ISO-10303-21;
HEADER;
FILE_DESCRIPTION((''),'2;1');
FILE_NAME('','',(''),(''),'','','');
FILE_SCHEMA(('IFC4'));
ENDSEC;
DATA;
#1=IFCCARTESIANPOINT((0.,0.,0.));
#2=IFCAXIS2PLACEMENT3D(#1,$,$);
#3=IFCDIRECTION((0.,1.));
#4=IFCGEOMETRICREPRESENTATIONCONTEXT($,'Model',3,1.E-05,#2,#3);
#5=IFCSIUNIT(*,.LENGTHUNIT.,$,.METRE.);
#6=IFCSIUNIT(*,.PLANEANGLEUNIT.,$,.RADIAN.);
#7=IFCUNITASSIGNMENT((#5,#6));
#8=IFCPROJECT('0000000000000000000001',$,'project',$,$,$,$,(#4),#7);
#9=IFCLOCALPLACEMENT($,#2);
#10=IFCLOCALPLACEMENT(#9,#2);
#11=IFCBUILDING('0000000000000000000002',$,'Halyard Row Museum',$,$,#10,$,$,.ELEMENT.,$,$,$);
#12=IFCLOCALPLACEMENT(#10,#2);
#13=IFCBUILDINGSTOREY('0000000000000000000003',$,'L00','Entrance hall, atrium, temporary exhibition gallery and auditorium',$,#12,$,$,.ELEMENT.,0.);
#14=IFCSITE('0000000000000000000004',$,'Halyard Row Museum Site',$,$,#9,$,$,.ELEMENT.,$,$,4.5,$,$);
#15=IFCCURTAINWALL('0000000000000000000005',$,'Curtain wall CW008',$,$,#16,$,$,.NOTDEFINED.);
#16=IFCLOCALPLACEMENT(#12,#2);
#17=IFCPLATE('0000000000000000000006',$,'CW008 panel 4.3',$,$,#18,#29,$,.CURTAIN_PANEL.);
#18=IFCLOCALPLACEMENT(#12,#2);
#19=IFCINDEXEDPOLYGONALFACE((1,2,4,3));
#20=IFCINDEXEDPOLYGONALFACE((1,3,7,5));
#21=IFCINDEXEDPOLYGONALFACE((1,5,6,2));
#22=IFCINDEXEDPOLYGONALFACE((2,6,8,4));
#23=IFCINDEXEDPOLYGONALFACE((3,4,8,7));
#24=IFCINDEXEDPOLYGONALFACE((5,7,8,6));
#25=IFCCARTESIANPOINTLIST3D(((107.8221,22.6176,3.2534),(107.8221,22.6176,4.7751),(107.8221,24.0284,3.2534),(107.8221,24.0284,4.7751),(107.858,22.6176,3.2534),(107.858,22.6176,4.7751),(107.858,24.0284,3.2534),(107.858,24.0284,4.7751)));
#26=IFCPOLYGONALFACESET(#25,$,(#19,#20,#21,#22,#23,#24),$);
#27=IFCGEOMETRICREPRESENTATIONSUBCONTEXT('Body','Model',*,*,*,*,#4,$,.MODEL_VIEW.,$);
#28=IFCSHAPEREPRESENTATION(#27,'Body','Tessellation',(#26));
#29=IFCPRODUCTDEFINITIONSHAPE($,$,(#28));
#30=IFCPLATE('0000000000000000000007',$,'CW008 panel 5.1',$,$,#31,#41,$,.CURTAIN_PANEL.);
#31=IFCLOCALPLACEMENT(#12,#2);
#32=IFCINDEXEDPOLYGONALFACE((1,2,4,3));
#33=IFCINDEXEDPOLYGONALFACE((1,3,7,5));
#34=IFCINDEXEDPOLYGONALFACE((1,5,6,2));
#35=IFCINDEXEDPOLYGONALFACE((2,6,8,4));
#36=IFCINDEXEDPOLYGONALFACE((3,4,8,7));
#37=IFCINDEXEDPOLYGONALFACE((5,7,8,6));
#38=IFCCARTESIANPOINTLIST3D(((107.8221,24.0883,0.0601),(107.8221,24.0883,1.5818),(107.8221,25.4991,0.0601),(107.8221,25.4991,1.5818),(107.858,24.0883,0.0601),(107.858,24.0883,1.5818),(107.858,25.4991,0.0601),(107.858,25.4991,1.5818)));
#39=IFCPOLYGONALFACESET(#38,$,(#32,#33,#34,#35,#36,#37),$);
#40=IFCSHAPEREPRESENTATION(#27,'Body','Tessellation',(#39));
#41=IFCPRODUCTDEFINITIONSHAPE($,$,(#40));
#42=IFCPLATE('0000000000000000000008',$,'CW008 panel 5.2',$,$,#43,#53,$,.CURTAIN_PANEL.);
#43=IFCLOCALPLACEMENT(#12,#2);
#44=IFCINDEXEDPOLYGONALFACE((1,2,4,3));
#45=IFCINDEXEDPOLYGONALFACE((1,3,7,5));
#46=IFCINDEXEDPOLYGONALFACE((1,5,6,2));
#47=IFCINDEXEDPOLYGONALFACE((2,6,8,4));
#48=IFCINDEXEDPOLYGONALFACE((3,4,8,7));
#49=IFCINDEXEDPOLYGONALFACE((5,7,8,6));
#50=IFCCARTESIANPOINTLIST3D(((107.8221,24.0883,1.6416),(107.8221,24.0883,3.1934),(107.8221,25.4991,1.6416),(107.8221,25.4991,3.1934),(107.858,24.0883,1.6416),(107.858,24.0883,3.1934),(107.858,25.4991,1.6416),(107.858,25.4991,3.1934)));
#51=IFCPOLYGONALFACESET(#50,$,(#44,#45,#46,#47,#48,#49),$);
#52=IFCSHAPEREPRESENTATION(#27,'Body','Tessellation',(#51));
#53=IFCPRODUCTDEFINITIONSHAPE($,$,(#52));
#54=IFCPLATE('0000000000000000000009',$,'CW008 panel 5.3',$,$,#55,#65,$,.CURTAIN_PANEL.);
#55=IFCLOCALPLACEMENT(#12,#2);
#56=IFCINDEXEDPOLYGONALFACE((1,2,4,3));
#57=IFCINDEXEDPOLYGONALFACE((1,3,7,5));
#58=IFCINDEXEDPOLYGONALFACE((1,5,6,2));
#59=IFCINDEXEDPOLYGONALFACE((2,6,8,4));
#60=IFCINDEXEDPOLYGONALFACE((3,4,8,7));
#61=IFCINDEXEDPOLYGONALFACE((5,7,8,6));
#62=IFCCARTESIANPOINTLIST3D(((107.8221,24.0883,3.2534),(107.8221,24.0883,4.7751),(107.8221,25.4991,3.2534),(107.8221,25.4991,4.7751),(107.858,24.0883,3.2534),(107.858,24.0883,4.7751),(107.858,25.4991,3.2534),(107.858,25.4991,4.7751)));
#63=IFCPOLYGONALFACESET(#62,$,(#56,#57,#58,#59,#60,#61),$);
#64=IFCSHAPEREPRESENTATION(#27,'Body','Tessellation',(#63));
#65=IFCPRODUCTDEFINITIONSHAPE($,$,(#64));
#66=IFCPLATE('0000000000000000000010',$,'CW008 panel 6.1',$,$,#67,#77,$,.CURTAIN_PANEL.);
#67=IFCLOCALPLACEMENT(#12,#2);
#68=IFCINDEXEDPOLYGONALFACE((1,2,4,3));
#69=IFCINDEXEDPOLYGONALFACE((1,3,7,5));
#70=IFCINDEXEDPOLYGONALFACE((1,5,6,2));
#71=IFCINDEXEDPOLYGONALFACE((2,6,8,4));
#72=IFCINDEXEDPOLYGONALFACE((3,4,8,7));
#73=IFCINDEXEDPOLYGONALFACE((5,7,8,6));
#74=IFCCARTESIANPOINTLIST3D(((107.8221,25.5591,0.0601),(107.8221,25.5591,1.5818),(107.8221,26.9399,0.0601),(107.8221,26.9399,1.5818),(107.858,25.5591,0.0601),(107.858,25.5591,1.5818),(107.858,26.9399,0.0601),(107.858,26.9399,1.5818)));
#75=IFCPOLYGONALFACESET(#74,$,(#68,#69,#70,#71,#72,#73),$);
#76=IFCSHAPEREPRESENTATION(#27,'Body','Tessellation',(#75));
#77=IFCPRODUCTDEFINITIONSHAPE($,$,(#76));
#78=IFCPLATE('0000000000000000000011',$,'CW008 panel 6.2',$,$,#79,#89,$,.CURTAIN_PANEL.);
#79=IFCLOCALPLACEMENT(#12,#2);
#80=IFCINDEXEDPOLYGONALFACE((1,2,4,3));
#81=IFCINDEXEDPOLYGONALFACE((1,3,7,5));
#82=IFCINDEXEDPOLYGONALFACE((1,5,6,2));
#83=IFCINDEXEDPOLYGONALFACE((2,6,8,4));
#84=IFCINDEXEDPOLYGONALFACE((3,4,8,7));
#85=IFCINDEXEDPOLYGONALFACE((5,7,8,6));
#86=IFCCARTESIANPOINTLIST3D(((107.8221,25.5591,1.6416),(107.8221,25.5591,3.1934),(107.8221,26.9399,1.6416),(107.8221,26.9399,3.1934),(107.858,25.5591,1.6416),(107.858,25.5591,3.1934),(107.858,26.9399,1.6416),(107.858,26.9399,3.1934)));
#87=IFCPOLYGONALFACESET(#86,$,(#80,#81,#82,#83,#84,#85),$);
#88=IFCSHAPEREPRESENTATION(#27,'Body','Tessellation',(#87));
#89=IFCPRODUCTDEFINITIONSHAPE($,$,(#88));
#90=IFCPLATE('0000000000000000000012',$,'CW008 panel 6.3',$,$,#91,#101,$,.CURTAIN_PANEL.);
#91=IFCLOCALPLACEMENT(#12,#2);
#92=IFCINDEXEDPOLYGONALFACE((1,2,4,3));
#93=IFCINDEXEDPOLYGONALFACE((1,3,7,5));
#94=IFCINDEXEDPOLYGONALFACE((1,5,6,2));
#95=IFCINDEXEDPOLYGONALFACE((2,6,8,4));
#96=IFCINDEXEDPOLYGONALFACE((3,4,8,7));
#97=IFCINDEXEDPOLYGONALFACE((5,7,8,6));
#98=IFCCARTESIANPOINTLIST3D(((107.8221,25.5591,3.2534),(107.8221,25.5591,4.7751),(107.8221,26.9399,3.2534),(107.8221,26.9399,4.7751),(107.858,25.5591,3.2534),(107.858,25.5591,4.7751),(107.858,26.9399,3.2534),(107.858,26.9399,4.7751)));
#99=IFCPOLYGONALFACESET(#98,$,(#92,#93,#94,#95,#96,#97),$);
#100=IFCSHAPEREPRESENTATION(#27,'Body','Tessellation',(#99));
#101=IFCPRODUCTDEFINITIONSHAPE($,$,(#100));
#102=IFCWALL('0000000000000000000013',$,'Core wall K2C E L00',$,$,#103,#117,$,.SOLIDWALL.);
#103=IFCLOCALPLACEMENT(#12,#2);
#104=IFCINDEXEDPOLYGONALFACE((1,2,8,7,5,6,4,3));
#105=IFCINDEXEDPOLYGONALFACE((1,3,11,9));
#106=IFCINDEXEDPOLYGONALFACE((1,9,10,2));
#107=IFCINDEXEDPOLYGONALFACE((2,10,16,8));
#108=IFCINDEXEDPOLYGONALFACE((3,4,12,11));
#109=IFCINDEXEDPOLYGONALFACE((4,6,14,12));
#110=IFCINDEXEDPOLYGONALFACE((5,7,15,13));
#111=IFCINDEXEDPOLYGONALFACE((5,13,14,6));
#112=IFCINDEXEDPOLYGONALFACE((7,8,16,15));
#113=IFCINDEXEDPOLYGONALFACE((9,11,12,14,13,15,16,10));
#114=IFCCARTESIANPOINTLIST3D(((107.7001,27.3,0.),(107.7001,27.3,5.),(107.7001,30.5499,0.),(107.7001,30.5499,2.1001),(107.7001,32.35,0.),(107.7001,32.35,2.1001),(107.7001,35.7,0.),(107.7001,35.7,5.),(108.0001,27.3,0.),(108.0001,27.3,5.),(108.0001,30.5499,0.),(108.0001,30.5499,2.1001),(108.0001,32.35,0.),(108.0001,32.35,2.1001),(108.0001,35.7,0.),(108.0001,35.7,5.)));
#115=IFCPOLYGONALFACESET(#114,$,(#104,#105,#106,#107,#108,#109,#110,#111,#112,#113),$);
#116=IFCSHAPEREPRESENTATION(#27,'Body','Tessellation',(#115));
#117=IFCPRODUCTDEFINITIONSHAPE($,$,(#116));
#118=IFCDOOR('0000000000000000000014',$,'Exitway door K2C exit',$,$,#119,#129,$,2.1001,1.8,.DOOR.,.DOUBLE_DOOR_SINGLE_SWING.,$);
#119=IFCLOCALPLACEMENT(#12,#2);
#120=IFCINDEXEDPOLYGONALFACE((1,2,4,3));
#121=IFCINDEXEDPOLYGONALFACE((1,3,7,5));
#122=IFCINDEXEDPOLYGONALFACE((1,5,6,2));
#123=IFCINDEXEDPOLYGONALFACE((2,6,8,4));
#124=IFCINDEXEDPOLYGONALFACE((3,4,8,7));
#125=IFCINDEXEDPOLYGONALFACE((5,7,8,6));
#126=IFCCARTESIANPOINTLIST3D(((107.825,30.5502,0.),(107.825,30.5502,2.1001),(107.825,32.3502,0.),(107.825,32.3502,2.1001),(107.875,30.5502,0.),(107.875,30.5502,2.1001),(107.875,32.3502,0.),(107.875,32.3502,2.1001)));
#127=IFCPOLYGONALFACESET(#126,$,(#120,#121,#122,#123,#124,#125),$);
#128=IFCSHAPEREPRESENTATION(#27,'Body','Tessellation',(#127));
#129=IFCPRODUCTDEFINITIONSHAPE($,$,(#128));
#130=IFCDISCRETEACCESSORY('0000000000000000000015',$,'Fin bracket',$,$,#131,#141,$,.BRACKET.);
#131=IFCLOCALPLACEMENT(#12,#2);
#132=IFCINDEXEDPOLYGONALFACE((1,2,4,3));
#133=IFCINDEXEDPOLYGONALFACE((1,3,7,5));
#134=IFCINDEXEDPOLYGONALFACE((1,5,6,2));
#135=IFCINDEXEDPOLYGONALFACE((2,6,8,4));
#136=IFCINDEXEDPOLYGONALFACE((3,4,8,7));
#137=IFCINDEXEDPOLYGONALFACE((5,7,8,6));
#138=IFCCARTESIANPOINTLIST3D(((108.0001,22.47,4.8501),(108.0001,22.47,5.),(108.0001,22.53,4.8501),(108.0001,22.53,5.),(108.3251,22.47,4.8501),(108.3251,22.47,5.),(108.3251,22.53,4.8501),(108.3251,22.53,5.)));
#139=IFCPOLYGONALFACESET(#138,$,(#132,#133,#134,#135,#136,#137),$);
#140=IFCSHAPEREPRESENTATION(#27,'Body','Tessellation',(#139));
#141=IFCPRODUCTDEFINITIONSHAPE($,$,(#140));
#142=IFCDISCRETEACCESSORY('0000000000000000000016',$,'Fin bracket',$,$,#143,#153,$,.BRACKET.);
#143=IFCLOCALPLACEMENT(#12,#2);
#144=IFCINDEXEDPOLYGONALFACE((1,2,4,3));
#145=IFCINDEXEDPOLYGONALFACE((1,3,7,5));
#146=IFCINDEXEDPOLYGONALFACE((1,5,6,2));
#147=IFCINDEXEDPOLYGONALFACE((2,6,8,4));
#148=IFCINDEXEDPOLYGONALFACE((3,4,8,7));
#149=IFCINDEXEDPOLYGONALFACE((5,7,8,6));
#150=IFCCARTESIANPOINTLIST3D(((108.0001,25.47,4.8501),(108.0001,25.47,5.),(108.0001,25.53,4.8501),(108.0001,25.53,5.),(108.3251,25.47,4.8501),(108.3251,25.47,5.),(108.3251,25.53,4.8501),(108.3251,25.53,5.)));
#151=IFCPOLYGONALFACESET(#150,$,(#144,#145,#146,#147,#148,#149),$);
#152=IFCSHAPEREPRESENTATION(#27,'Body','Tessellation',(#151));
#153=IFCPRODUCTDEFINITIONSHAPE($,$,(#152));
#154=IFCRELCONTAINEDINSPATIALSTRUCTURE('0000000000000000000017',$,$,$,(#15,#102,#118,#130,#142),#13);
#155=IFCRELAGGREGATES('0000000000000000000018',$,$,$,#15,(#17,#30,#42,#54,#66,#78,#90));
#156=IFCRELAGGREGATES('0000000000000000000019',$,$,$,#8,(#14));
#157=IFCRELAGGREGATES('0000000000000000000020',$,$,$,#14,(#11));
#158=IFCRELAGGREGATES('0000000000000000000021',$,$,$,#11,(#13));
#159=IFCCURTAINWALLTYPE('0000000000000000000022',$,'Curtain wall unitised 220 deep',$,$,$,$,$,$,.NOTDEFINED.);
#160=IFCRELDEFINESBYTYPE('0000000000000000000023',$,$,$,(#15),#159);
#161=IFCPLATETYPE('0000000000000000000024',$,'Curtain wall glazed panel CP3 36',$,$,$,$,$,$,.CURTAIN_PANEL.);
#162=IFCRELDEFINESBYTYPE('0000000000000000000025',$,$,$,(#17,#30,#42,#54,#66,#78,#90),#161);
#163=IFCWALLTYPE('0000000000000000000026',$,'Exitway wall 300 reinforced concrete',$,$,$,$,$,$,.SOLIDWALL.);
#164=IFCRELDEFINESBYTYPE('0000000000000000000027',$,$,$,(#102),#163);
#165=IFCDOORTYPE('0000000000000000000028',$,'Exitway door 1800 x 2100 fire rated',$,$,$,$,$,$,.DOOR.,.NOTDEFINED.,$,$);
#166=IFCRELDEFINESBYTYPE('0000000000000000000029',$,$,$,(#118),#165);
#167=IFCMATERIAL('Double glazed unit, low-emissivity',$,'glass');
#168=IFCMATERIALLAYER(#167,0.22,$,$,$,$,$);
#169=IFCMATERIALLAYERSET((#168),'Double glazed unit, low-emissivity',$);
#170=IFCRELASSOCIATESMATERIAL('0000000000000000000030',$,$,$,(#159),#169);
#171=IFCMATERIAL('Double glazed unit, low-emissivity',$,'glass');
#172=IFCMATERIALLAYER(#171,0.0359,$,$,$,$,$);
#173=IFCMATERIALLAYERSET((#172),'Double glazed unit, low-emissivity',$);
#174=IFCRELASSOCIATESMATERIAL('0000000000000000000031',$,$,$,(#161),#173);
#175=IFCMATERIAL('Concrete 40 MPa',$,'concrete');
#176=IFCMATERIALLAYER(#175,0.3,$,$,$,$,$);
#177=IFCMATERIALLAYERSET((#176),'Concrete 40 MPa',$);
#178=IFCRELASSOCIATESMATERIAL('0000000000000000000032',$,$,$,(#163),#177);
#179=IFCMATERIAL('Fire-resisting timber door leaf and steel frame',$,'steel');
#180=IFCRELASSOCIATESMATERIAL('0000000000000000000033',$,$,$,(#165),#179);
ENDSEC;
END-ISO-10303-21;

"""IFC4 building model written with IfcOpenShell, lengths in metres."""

from ifc_helpers import new_model, si_unit, direction, frame, frame_2d, origin, origin_2d, place, context, subcontext, project, spatial, rectangle, extrude, material, layer, layer_set, type_object, element, fill, aggregate, save


model = new_model("IFC4")

# Units and contexts
model_context = context("Model", 3, precision=1e-05, world=origin(), true_north=direction((0.0, 1.0)))
body_context = subcontext(model_context, "Body", "Model", "MODEL_VIEW")
ifc_project = project(units=[si_unit("LENGTHUNIT", "METRE"), si_unit("PLANEANGLEUNIT", "RADIAN")], contexts=[model_context])

# Site, building, storey
site_placement = place(None, origin())
site = spatial("IfcSite", under=ifc_project, at=site_placement, Name="Halyard Row Museum Site", CompositionType="ELEMENT", RefElevation=4.5)
building_placement = place(site_placement, origin())
building = spatial("IfcBuilding", under=site, at=building_placement, Name="Halyard Row Museum", CompositionType="ELEMENT")
storey_placement = place(building_placement, origin())
storey = spatial("IfcBuildingStorey", under=building, at=storey_placement, Name="L00", Description="Entrance hall, atrium, temporary exhibition gallery and auditorium", CompositionType="ELEMENT", Elevation=0.0)

# Curtain wall, plates
ifc_material_1 = material(Name="Double glazed unit, low-emissivity", Category="glass")
ifc_layer_1 = layer(ifc_material_1, 0.22)
ifc_layer_set_1 = layer_set([ifc_layer_1], Name="Double glazed unit, low-emissivity")
curtain_wall_type = type_object("IfcCurtainWallType", Name="Curtain wall unitised 220 deep", PredefinedType="NOTDEFINED", material=ifc_layer_set_1)
curtain_wall_placement = place(storey_placement, origin())
curtain_wall = element("IfcCurtainWall", 1, at=curtain_wall_placement, inside=storey, type_object=curtain_wall_type, Name="Curtain wall CW008", PredefinedType="NOTDEFINED")
ifc_material_2 = material(Name="Double glazed unit, low-emissivity", Category="glass")
ifc_layer_2 = layer(ifc_material_2, 0.0359)
ifc_layer_set_2 = layer_set([ifc_layer_2], Name="Double glazed unit, low-emissivity")
plate_type = type_object("IfcPlateType", Name="Curtain wall glazed panel CP3 36", PredefinedType="CURTAIN_PANEL", material=ifc_layer_set_2)
plate_1_placement = place(storey_placement, frame((107.8401, 23.323, 3.2534), z_axis=(0.0, 0.0, 1.0), x_axis=(0.0, 1.0, 0.0)))
plate_1 = element("IfcPlate", 2, at=plate_1_placement, type_object=plate_type, Name="CW008 panel 4.3", PredefinedType="CURTAIN_PANEL", context=body_context, shape_type="SweptSolid", body=[
    extrude(rectangle(XDim=1.4109, YDim=0.0359, at=origin_2d()), origin(), (0.0, 0.0, 1.0), 1.5217),
])
plate_2_placement = place(storey_placement, frame((107.8401, 24.7937, 0.0601), z_axis=(0.0, 0.0, 1.0), x_axis=(0.0, 1.0, 0.0)))
plate_2 = element("IfcPlate", 3, at=plate_2_placement, type_object=plate_type, Name="CW008 panel 5.1", PredefinedType="CURTAIN_PANEL", context=body_context, shape_type="SweptSolid", body=[
    extrude(rectangle(XDim=1.4109, YDim=0.0359, at=origin_2d()), origin(), (0.0, 0.0, 1.0), 1.5217),
])
plate_3_placement = place(storey_placement, frame((107.8401, 24.7937, 1.6416), z_axis=(0.0, 0.0, 1.0), x_axis=(0.0, 1.0, 0.0)))
plate_3 = element("IfcPlate", 4, at=plate_3_placement, type_object=plate_type, Name="CW008 panel 5.2", PredefinedType="CURTAIN_PANEL", context=body_context, shape_type="SweptSolid", body=[
    extrude(rectangle(XDim=1.4109, YDim=0.0359, at=origin_2d()), origin(), (0.0, 0.0, 1.0), 1.5518),
])
plate_4_placement = place(storey_placement, frame((107.8401, 24.7937, 3.2534), z_axis=(0.0, 0.0, 1.0), x_axis=(0.0, 1.0, 0.0)))
plate_4 = element("IfcPlate", 5, at=plate_4_placement, type_object=plate_type, Name="CW008 panel 5.3", PredefinedType="CURTAIN_PANEL", context=body_context, shape_type="SweptSolid", body=[
    extrude(rectangle(XDim=1.4109, YDim=0.0359, at=origin_2d()), origin(), (0.0, 0.0, 1.0), 1.5217),
])
plate_5_placement = place(storey_placement, frame((107.8401, 26.2495, 0.0601), z_axis=(0.0, 0.0, 1.0), x_axis=(0.0, 1.0, 0.0)))
plate_5 = element("IfcPlate", 6, at=plate_5_placement, type_object=plate_type, Name="CW008 panel 6.1", PredefinedType="CURTAIN_PANEL", context=body_context, shape_type="SweptSolid", body=[
    extrude(rectangle(XDim=1.3809, YDim=0.0359, at=origin_2d()), origin(), (0.0, 0.0, 1.0), 1.5217),
])
plate_6_placement = place(storey_placement, frame((107.8401, 26.2495, 1.6416), z_axis=(0.0, 0.0, 1.0), x_axis=(0.0, 1.0, 0.0)))
plate_6 = element("IfcPlate", 7, at=plate_6_placement, type_object=plate_type, Name="CW008 panel 6.2", PredefinedType="CURTAIN_PANEL", context=body_context, shape_type="SweptSolid", body=[
    extrude(rectangle(XDim=1.3809, YDim=0.0359, at=origin_2d()), origin(), (0.0, 0.0, 1.0), 1.5518),
])
plate_7_placement = place(storey_placement, frame((107.8401, 26.2495, 3.2534), z_axis=(0.0, 0.0, 1.0), x_axis=(0.0, 1.0, 0.0)))
plate_7 = element("IfcPlate", 8, at=plate_7_placement, type_object=plate_type, Name="CW008 panel 6.3", PredefinedType="CURTAIN_PANEL", context=body_context, shape_type="SweptSolid", body=[
    extrude(rectangle(XDim=1.3809, YDim=0.0359, at=origin_2d()), origin(), (0.0, 0.0, 1.0), 1.5217),
])
aggregate(curtain_wall, [plate_1, plate_2, plate_3, plate_4, plate_5, plate_6, plate_7])

# Wall, opening, door
ifc_material_3 = material(Name="Concrete 40 MPa", Category="concrete")
ifc_layer_3 = layer(ifc_material_3, 0.3)
ifc_layer_set_3 = layer_set([ifc_layer_3], Name="Concrete 40 MPa")
wall_type = type_object("IfcWallType", Name="Exitway wall 300 reinforced concrete", PredefinedType="SOLIDWALL", material=ifc_layer_set_3)
wall_placement = place(storey_placement, frame((107.8501, 27.3, 0.0), z_axis=(0.0, 0.0, 1.0), x_axis=(0.0, 1.0, 0.0)))
wall = element("IfcWall", 9, at=wall_placement, inside=storey, type_object=wall_type, Name="Core wall K2C E L00", PredefinedType="SOLIDWALL", context=body_context, shape_type="SweptSolid", body=[
    extrude(rectangle(XDim=8.3999, YDim=0.3, at=frame_2d((4.2, 0.0))), origin(), (0.0, 0.0, 1.0), 5.0),
])
opening_placement = place(wall_placement, frame((3.25, 0.0, 0.0)))
opening = element("IfcOpeningElement", 10, at=opening_placement, cuts=wall, PredefinedType="OPENING", context=body_context, shape_type="SweptSolid", body=[
    extrude(rectangle(XDim=1.8, YDim=2.1001, at=frame_2d((0.8999, 1.05))), frame((0.0, 0.1599, 0.0), z_axis=(0.0, -1.0, 0.0), x_axis=(1.0, 0.0, 0.0)), (0.0, 0.0, 1.0), 0.3201),
])
ifc_material_4 = material(Name="Fire-resisting timber door leaf and steel frame", Category="steel")
door_type = type_object("IfcDoorType", Name="Exitway door 1800 x 2100 fire rated", OperationType="NOTDEFINED", PredefinedType="DOOR", material=ifc_material_4)
door_placement = place(opening_placement, frame((1.8, 0.0, 0.0), z_axis=(0.0, 0.0, 1.0), x_axis=(-1.0, 0.0, 0.0)))
door = element("IfcDoor", 11, at=door_placement, inside=storey, type_object=door_type, Name="Exitway door K2C exit", OperationType="DOUBLE_DOOR_SINGLE_SWING", OverallHeight=2.1001, OverallWidth=1.8, PredefinedType="DOOR", context=body_context, shape_type="SweptSolid", body=[
    extrude(rectangle(XDim=1.8, YDim=2.1001, at=frame_2d((0.8999, 1.05))), frame((0.0, 0.0249, 0.0), z_axis=(0.0, -1.0, 0.0), x_axis=(1.0, 0.0, 0.0)), (0.0, 0.0, 1.0), 0.05),
])
fill(opening, door)

# Discrete accessories
for number, where, z_axis, x_axis, name in (
    (12, (108.1626, 22.5, 4.8501), (0.0, 0.0, 1.0), (1.0, 0.0, 0.0), "Fin bracket"),
    (13, (108.1626, 25.5, 4.8501), (0.0, 0.0, 1.0), (1.0, 0.0, 0.0), "Fin bracket"),
):
    element("IfcDiscreteAccessory", number, at=place(storey_placement, frame(where, z_axis=z_axis, x_axis=x_axis)), inside=storey, Name=name, PredefinedType="BRACKET", context=body_context, shape_type="SweptSolid", body=[
        extrude(rectangle(XDim=0.325, YDim=0.0601, at=origin_2d()), origin(), (0.0, 0.0, 1.0), 0.1499),
    ])

save(model, "model.ifc")
